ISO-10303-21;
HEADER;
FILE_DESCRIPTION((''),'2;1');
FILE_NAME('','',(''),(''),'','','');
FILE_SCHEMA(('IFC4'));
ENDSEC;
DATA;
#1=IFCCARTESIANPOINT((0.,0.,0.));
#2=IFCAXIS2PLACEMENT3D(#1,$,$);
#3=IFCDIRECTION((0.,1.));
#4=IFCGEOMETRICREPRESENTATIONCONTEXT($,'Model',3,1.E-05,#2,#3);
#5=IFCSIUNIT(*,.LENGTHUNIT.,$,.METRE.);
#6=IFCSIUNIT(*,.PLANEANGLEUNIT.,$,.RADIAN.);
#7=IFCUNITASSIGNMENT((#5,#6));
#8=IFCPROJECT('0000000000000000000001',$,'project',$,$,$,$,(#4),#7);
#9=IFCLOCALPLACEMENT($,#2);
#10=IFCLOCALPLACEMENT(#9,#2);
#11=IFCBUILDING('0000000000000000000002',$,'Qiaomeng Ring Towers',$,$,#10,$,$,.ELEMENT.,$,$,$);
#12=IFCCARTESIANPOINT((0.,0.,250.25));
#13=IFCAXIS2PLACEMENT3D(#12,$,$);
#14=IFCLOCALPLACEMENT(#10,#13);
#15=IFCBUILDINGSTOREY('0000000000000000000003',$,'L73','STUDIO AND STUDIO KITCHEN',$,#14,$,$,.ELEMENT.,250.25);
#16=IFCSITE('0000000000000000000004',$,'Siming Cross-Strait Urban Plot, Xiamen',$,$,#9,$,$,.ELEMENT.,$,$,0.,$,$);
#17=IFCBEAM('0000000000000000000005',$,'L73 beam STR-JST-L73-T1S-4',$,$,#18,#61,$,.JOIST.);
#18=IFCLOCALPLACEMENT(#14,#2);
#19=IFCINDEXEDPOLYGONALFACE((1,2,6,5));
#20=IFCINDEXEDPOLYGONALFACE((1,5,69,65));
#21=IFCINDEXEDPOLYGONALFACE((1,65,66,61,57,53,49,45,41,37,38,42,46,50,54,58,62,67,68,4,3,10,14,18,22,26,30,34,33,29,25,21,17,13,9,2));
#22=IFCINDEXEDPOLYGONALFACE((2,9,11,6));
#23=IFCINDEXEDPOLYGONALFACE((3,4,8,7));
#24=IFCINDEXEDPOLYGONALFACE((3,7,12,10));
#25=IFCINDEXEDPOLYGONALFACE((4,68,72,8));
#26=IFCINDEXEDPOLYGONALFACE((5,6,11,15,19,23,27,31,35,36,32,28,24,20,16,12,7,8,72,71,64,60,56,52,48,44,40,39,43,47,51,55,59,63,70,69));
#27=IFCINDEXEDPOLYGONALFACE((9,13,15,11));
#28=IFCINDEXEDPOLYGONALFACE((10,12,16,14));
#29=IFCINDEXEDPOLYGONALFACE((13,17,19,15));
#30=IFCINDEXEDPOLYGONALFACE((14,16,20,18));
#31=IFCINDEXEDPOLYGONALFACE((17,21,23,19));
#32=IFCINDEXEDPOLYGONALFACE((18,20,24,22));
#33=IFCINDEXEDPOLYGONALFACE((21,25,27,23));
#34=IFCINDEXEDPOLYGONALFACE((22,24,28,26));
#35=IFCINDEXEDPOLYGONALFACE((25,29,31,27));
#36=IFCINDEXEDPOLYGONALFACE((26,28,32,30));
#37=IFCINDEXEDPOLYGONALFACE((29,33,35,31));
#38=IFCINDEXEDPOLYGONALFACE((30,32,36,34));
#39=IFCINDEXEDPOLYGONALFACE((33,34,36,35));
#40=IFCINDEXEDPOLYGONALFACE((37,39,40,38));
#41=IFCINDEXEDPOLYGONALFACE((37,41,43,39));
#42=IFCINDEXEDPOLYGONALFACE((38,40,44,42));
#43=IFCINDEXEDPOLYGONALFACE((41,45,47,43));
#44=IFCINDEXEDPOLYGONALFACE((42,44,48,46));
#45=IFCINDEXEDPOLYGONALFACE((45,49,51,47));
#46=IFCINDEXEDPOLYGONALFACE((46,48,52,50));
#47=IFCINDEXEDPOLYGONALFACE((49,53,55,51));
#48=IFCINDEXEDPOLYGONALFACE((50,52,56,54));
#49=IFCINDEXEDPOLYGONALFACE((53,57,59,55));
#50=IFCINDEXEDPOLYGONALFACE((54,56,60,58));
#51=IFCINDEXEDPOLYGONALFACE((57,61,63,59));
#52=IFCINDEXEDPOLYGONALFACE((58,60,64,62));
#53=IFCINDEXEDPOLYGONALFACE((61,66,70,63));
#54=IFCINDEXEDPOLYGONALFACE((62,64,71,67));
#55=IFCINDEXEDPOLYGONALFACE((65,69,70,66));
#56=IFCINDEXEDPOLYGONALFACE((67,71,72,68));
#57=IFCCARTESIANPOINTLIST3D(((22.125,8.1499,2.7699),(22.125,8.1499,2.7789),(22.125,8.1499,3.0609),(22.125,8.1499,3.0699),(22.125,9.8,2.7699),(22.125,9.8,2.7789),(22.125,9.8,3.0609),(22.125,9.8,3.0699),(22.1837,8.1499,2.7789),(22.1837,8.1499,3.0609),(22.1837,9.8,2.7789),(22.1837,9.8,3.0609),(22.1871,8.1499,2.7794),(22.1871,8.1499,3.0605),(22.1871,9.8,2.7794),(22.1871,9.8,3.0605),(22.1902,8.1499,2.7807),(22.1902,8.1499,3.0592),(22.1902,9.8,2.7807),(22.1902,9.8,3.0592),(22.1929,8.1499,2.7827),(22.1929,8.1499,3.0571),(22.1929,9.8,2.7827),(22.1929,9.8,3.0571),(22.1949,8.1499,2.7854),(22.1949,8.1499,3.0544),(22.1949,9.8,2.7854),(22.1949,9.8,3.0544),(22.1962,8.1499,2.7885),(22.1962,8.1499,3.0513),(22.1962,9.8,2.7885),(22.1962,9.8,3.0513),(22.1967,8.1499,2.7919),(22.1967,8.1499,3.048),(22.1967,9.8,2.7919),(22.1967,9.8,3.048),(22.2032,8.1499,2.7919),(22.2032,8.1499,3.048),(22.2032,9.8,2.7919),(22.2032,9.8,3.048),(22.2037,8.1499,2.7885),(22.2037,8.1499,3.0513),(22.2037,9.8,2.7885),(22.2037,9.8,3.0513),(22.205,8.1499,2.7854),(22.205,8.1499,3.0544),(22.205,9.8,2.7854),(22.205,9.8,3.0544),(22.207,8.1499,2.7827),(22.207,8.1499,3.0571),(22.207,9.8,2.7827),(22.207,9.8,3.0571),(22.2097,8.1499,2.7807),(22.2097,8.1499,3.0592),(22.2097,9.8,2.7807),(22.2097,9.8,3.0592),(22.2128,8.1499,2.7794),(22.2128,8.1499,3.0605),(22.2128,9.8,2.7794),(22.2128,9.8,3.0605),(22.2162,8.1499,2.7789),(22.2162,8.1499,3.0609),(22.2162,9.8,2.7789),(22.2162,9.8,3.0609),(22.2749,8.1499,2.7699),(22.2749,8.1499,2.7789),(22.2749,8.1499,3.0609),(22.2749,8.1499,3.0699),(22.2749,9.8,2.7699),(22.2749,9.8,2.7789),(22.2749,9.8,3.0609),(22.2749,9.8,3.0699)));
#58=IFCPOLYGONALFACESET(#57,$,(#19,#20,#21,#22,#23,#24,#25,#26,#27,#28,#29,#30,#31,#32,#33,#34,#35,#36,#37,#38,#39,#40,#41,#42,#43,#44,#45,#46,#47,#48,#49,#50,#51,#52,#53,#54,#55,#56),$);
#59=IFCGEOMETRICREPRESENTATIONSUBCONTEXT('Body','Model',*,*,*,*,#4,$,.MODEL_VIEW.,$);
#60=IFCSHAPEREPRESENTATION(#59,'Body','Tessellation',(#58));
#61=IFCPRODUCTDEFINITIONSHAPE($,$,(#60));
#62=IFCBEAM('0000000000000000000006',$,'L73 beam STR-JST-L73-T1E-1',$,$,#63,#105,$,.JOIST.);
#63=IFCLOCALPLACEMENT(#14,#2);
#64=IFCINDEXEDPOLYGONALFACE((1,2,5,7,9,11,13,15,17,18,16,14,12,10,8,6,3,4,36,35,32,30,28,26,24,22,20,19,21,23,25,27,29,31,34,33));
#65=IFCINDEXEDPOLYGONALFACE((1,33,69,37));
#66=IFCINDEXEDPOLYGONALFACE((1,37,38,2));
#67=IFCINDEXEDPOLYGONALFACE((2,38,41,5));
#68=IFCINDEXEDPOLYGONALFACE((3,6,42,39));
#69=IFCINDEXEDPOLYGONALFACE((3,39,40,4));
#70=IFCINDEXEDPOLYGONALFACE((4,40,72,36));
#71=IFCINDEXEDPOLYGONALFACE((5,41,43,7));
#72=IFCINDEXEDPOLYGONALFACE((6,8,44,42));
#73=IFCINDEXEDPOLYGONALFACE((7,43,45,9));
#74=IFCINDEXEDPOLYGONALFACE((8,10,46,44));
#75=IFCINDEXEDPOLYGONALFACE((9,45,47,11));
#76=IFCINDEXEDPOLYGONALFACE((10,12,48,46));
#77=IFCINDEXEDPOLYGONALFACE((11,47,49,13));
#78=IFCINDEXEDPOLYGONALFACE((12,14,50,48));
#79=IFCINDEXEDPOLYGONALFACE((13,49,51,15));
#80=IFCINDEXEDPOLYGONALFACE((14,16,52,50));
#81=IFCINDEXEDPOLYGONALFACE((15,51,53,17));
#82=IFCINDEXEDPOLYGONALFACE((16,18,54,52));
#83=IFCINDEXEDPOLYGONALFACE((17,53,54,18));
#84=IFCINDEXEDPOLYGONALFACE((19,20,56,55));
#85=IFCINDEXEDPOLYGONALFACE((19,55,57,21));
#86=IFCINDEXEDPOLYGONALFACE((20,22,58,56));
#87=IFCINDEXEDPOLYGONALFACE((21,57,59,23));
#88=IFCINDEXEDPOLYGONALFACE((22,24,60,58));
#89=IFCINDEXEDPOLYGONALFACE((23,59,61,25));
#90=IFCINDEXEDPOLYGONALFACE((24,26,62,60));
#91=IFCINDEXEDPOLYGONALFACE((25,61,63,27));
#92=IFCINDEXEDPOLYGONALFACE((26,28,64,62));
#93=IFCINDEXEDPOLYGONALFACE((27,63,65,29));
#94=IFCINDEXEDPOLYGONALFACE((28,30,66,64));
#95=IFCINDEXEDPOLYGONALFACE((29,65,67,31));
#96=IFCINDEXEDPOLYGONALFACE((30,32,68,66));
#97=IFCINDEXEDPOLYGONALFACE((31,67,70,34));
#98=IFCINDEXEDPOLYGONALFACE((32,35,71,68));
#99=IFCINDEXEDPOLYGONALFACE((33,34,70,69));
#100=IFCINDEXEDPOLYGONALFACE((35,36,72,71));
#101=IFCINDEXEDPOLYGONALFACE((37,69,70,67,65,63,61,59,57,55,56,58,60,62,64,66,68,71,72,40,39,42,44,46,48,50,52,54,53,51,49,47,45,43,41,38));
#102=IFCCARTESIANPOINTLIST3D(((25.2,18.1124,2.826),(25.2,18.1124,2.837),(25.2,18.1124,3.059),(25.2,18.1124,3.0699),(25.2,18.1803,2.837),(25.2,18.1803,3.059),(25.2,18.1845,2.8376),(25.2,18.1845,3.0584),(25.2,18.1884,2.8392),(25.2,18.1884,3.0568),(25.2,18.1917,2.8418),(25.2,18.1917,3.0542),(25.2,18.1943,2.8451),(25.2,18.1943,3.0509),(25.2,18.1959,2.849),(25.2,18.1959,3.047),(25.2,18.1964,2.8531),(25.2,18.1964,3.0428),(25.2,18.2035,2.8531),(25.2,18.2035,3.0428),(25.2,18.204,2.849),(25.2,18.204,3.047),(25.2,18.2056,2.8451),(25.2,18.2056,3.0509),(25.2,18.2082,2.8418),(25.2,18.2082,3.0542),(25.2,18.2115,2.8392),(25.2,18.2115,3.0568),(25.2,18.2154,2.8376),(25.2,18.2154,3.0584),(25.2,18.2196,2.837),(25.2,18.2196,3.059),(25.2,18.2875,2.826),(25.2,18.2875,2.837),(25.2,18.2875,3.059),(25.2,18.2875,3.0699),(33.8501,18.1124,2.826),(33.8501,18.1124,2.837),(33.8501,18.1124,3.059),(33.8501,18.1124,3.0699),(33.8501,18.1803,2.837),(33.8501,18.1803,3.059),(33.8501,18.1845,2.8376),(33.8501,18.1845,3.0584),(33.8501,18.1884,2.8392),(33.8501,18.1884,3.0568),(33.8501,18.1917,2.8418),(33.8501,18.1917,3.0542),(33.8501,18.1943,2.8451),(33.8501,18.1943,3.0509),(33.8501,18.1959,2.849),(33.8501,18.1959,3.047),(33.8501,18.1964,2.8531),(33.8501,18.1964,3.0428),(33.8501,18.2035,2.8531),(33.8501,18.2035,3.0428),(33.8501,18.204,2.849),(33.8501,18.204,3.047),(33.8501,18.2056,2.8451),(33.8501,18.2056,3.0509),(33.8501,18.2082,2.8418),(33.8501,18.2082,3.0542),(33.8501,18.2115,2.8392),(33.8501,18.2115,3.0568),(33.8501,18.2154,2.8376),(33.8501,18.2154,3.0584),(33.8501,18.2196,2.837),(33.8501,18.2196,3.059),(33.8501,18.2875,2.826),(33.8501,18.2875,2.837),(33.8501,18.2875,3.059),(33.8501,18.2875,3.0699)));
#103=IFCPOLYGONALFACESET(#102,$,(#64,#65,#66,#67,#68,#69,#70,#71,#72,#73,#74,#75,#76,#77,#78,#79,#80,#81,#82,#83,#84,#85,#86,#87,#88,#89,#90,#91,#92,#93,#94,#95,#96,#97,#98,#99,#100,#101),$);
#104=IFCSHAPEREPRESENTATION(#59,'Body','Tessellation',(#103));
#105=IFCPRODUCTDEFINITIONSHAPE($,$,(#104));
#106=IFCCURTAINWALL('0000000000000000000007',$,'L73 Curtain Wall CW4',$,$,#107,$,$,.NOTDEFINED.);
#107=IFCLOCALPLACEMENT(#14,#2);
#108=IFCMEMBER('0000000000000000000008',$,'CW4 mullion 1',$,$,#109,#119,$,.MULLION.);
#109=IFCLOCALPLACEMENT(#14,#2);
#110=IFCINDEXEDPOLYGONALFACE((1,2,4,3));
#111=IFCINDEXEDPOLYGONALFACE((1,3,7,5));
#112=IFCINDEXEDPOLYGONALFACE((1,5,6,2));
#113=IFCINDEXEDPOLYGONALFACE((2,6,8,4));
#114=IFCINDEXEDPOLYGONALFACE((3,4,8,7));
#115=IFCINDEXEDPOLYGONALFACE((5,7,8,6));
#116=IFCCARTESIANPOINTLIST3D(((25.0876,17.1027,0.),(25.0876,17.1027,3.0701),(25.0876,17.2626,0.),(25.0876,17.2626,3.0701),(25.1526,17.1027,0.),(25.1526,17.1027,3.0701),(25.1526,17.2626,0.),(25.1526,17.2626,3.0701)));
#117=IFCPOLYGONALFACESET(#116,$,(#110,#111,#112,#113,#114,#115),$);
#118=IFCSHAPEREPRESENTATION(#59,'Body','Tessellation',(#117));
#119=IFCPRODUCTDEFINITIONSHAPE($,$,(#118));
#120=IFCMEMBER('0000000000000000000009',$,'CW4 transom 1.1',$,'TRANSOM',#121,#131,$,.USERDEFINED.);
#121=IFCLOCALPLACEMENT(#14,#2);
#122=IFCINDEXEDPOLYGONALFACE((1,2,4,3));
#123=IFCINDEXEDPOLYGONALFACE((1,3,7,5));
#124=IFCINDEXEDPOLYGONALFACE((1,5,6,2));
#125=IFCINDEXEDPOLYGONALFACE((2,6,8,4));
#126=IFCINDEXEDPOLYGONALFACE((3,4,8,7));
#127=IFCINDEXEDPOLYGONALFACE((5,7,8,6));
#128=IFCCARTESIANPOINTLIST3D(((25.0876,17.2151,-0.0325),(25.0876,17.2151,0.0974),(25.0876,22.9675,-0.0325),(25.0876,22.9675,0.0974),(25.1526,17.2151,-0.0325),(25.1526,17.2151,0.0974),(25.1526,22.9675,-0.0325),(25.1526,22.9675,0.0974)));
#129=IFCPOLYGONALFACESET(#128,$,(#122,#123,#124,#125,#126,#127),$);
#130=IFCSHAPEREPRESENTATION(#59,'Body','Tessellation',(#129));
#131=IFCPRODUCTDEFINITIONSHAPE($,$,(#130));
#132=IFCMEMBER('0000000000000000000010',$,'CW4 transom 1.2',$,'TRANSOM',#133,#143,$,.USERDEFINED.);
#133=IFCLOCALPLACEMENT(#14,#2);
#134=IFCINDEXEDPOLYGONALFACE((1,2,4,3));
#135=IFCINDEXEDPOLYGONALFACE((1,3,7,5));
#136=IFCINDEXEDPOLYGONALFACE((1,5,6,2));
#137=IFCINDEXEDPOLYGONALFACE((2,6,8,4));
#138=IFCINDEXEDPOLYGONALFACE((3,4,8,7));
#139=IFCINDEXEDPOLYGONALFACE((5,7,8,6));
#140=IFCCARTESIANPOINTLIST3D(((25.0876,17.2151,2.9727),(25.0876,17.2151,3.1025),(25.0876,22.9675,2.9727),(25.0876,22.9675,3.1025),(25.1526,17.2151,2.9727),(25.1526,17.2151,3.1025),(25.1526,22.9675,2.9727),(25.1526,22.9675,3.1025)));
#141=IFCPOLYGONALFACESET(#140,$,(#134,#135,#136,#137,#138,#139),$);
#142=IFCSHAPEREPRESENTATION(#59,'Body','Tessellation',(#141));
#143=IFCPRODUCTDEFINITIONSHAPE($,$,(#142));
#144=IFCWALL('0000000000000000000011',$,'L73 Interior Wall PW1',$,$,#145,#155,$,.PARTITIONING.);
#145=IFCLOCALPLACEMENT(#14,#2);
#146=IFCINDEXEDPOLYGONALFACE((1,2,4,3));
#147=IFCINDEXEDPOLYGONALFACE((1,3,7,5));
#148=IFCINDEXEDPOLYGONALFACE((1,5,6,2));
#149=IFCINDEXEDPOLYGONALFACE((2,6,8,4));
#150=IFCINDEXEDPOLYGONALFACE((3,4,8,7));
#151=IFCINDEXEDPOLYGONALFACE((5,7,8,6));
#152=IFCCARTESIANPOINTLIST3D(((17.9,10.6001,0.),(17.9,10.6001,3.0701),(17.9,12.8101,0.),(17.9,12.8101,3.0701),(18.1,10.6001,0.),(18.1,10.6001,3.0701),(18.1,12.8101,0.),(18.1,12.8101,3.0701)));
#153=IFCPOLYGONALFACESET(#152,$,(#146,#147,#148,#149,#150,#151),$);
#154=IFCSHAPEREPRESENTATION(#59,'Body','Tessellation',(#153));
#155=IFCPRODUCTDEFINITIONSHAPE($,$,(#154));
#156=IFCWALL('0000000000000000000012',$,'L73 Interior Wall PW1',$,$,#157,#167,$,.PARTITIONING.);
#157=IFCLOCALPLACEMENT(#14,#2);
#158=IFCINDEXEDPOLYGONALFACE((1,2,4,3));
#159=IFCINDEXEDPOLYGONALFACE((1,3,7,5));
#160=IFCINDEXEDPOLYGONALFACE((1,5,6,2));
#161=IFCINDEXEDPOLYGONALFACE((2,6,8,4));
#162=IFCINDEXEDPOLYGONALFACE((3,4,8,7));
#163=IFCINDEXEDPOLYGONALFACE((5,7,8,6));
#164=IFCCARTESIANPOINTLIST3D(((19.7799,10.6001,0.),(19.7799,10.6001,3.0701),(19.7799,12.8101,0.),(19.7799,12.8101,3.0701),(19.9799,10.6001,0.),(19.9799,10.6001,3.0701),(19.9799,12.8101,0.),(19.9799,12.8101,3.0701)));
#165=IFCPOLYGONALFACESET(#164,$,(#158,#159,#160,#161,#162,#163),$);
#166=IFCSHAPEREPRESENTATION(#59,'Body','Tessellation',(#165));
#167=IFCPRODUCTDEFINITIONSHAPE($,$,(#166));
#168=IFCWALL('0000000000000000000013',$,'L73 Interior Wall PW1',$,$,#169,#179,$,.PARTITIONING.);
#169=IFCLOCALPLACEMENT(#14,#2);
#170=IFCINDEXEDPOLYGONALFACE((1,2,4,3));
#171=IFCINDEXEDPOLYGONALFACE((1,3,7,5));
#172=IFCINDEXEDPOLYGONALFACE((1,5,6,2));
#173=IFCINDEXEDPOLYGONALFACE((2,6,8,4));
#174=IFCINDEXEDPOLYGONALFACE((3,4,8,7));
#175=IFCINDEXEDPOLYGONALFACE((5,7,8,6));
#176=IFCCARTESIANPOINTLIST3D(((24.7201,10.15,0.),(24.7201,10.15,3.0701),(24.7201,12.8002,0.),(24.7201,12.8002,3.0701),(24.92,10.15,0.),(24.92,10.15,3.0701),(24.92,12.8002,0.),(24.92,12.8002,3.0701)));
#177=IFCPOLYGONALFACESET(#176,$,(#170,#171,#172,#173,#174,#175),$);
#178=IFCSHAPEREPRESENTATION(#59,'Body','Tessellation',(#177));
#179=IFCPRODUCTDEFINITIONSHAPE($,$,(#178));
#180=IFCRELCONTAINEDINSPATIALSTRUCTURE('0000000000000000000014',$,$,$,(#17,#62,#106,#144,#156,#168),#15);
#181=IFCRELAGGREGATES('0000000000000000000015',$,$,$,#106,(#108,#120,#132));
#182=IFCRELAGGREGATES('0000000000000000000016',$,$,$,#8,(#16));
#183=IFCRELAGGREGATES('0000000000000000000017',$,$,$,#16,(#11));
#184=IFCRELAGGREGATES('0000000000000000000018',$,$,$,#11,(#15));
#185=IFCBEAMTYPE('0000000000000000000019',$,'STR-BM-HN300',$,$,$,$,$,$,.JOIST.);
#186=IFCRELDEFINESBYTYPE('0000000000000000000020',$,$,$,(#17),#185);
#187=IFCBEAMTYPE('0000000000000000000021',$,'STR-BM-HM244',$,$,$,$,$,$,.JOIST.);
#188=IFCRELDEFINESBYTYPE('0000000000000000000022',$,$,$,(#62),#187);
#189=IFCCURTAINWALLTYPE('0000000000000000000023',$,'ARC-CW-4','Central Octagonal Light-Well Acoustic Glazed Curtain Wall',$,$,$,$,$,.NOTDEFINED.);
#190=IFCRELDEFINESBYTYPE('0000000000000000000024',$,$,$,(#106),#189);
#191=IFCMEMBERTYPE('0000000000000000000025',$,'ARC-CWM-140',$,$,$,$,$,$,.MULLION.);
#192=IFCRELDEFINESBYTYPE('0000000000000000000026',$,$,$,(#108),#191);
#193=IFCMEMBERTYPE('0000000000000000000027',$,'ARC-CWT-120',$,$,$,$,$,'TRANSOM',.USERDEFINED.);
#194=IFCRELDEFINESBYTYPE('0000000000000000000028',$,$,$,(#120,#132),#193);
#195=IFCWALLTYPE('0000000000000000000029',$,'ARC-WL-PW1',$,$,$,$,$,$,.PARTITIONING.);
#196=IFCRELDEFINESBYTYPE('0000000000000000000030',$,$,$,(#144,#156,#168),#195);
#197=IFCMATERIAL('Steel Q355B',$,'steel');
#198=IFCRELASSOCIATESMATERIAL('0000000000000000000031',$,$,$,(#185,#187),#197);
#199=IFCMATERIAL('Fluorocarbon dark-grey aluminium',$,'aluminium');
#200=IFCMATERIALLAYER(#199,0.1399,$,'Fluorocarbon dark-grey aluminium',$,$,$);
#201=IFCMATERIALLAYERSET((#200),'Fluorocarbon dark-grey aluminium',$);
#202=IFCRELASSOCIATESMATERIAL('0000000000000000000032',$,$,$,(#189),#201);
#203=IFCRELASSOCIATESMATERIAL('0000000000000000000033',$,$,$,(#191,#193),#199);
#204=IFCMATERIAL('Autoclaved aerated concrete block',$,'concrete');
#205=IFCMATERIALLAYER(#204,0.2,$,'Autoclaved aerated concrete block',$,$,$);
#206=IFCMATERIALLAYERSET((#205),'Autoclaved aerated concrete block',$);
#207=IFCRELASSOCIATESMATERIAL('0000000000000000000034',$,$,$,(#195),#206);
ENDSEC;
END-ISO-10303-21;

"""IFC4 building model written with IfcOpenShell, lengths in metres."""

from ifc_helpers import new_model, si_unit, direction, frame, frame_2d, origin, origin_2d, place, context, subcontext, project, spatial, rectangle, i_section, extrude, source, transform, mapped, material, layer, layer_set, material_profile, profile_set, type_object, element, aggregate, save


model = new_model("IFC4")

# Units and contexts
model_context = context("Model", 3, precision=1e-05, world=origin(), true_north=direction((0.0, 1.0)))
body_context = subcontext(model_context, "Body", "Model", "MODEL_VIEW")
ifc_project = project(units=[si_unit("LENGTHUNIT", "METRE"), si_unit("PLANEANGLEUNIT", "RADIAN")], contexts=[model_context])

# Site, building, storey
site_placement = place(None, origin())
site = spatial("IfcSite", under=ifc_project, at=site_placement, Name="Siming Cross-Strait Urban Plot, Xiamen", CompositionType="ELEMENT", RefElevation=0.0)
building_placement = place(site_placement, origin())
building = spatial("IfcBuilding", under=site, at=building_placement, Name="Qiaomeng Ring Towers", CompositionType="ELEMENT")
storey_placement = place(building_placement, frame((0.0, 0.0, 250.25)))
storey = spatial("IfcBuildingStorey", under=building, at=storey_placement, Name="L73", Description="STUDIO AND STUDIO KITCHEN", CompositionType="ELEMENT", Elevation=250.25)

# Beams
ifc_material_1 = material(Name="Steel Q355B", Category="steel")
ifc_material_profile_1 = material_profile(ifc_material_1, i_section(OverallWidth=0.1499, OverallDepth=0.3, WebThickness=0.0066, FlangeThickness=0.009, FilletRadius=0.0129, at=origin_2d()), Name="HN 300x150x6.5x9")
ifc_profile_set_1 = profile_set([ifc_material_profile_1], Name="Steel Q355B")
beam_type_1 = type_object("IfcBeamType", Name="STR-BM-HN300", PredefinedType="JOIST", material=ifc_profile_set_1)
shared_shape_1 = source(origin(), body_context, "Body", "SweptSolid", [
    extrude(i_section(OverallWidth=0.1499, OverallDepth=0.3, WebThickness=0.0066, FlangeThickness=0.009, FilletRadius=0.0129, at=origin_2d()), origin(), (0.0, 0.0, 1.0), 1.6501),
])
for number, where, z_axis, x_axis, name in (
    (1, (22.2, 8.1499, 2.9199), (0.0, 1.0, 0.0), (-1.0, 0.0, 0.0), "L73 beam STR-JST-L73-T1S-4"),
):
    element("IfcBeam", number, at=place(storey_placement, frame(where, z_axis=z_axis, x_axis=x_axis)), inside=storey, type_object=beam_type_1, Name=name, PredefinedType="JOIST", context=body_context, shape_type="MappedRepresentation", body=[
        mapped(shared_shape_1, transform((0.0, 0.0, 0.0), x_axis=(1.0, 0.0, 0.0), y_axis=(0.0, 1.0, 0.0), z_axis=(0.0, 0.0, 1.0), scale=1.0)),
    ])
ifc_material_profile_2 = material_profile(ifc_material_1, i_section(OverallWidth=0.175, OverallDepth=0.2439, WebThickness=0.0071, FlangeThickness=0.011, FilletRadius=0.0161, at=origin_2d()), Name="HM 244x175x7x11")
ifc_profile_set_2 = profile_set([ifc_material_profile_2], Name="Steel Q355B")
beam_type_2 = type_object("IfcBeamType", Name="STR-BM-HM244", PredefinedType="JOIST", material=ifc_profile_set_2)
shared_shape_2 = source(origin(), body_context, "Body", "SweptSolid", [
    extrude(i_section(OverallWidth=0.175, OverallDepth=0.2439, WebThickness=0.0071, FlangeThickness=0.011, FilletRadius=0.0161, at=origin_2d()), origin(), (0.0, 0.0, 1.0), 8.6501),
])
beam_1_placement = place(storey_placement, frame((25.2, 18.2, 2.948), z_axis=(1.0, 0.0, 0.0), x_axis=(0.0, 1.0, 0.0)))
element("IfcBeam", 2, at=beam_1_placement, inside=storey, type_object=beam_type_2, Name="L73 beam STR-JST-L73-T1E-1", PredefinedType="JOIST", context=body_context, shape_type="MappedRepresentation", body=[
    mapped(shared_shape_2, transform((0.0, 0.0, 0.0), x_axis=(1.0, 0.0, 0.0), y_axis=(0.0, 1.0, 0.0), z_axis=(0.0, 0.0, 1.0), scale=1.0)),
])

# Curtain wall, members
ifc_material_2 = material(Name="Fluorocarbon dark-grey aluminium", Category="aluminium")
ifc_layer_1 = layer(ifc_material_2, 0.1399, Name="Fluorocarbon dark-grey aluminium")
ifc_layer_set_1 = layer_set([ifc_layer_1], Name="Fluorocarbon dark-grey aluminium")
curtain_wall_type = type_object("IfcCurtainWallType", Name="ARC-CW-4", Description="Central Octagonal Light-Well Acoustic Glazed Curtain Wall", PredefinedType="NOTDEFINED", material=ifc_layer_set_1)
curtain_wall_placement = place(storey_placement, origin())
curtain_wall = element("IfcCurtainWall", 3, at=curtain_wall_placement, inside=storey, type_object=curtain_wall_type, Name="L73 Curtain Wall CW4", PredefinedType="NOTDEFINED")
ifc_material_profile_3 = material_profile(ifc_material_2, rectangle(XDim=0.0649, YDim=0.1599, at=origin_2d()), Name="ALU MULL 65x160")
ifc_profile_set_3 = profile_set([ifc_material_profile_3], Name="Fluorocarbon dark-grey aluminium")
member_type_1 = type_object("IfcMemberType", Name="ARC-CWM-140", PredefinedType="MULLION", material=ifc_profile_set_3)
shared_shape_3 = source(origin(), body_context, "Body", "SweptSolid", [
    extrude(rectangle(XDim=0.0649, YDim=0.1599, at=origin_2d()), origin(), (0.0, 0.0, 1.0), 3.0701),
])
member_1_placement = place(storey_placement, frame((25.1201, 17.1826, 0.0), z_axis=(0.0, 0.0, 1.0), x_axis=(-1.0, 0.0, 0.0)))
member_1 = element("IfcMember", 4, at=member_1_placement, type_object=member_type_1, Name="CW4 mullion 1", PredefinedType="MULLION", context=body_context, shape_type="MappedRepresentation", body=[
    mapped(shared_shape_3, transform((0.0, 0.0, 0.0), x_axis=(1.0, 0.0, 0.0), y_axis=(0.0, 1.0, 0.0), z_axis=(0.0, 0.0, 1.0), scale=1.0)),
])
ifc_material_profile_4 = material_profile(ifc_material_2, rectangle(XDim=0.0649, YDim=0.1299, at=origin_2d()), Name="ALU TRAN 65x130")
ifc_profile_set_4 = profile_set([ifc_material_profile_4], Name="Fluorocarbon dark-grey aluminium")
member_type_2 = type_object("IfcMemberType", Name="ARC-CWT-120", ElementType="TRANSOM", PredefinedType="USERDEFINED", material=ifc_profile_set_4)
shared_shape_4 = source(origin(), body_context, "Body", "SweptSolid", [
    extrude(rectangle(XDim=0.0649, YDim=0.1299, at=origin_2d()), origin(), (0.0, 0.0, 1.0), 5.7524),
])
member_2_placement = place(storey_placement, frame((25.1201, 17.2151, 0.0325), z_axis=(0.0, 1.0, 0.0), x_axis=(-1.0, 0.0, 0.0)))
member_2 = element("IfcMember", 5, at=member_2_placement, type_object=member_type_2, Name="CW4 transom 1.1", ObjectType="TRANSOM", PredefinedType="USERDEFINED", context=body_context, shape_type="MappedRepresentation", body=[
    mapped(shared_shape_4, transform((0.0, 0.0, 0.0), x_axis=(1.0, 0.0, 0.0), y_axis=(0.0, 1.0, 0.0), z_axis=(0.0, 0.0, 1.0), scale=1.0)),
])
member_3_placement = place(storey_placement, frame((25.1201, 17.2151, 3.0376), z_axis=(0.0, 1.0, 0.0), x_axis=(-1.0, 0.0, 0.0)))
member_3 = element("IfcMember", 6, at=member_3_placement, type_object=member_type_2, Name="CW4 transom 1.2", ObjectType="TRANSOM", PredefinedType="USERDEFINED", context=body_context, shape_type="MappedRepresentation", body=[
    mapped(shared_shape_4, transform((0.0, 0.0, 0.0), x_axis=(1.0, 0.0, 0.0), y_axis=(0.0, 1.0, 0.0), z_axis=(0.0, 0.0, 1.0), scale=1.0)),
])
aggregate(curtain_wall, [member_1, member_2, member_3])

# Walls
ifc_material_3 = material(Name="Autoclaved aerated concrete block", Category="concrete")
ifc_layer_2 = layer(ifc_material_3, 0.2, Name="Autoclaved aerated concrete block")
ifc_layer_set_2 = layer_set([ifc_layer_2], Name="Autoclaved aerated concrete block")
wall_type_1 = type_object("IfcWallType", Name="ARC-WL-PW1", PredefinedType="PARTITIONING", material=ifc_layer_set_2)
for number, where, z_axis, x_axis, name in (
    (7, (18.0, 10.6001, 0.0), (0.0, 0.0, 1.0), (0.0, 1.0, 0.0), "L73 Interior Wall PW1"),
    (8, (19.8799, 10.6001, 0.0), (0.0, 0.0, 1.0), (0.0, 1.0, 0.0), "L73 Interior Wall PW1"),
):
    element("IfcWall", number, at=place(storey_placement, frame(where, z_axis=z_axis, x_axis=x_axis)), inside=storey, type_object=wall_type_1, Name=name, PredefinedType="PARTITIONING", context=body_context, shape_type="SweptSolid", body=[
        extrude(rectangle(XDim=2.21, YDim=0.2, at=frame_2d((1.105, 0.0))), origin(), (0.0, 0.0, 1.0), 3.0701),
    ])
wall_1_placement = place(storey_placement, frame((24.8201, 10.1499, 0.0), z_axis=(0.0, 0.0, 1.0), x_axis=(0.0, 1.0, 0.0)))
element("IfcWall", 9, at=wall_1_placement, inside=storey, type_object=wall_type_1, Name="L73 Interior Wall PW1", PredefinedType="PARTITIONING", context=body_context, shape_type="SweptSolid", body=[
    extrude(rectangle(XDim=2.6501, YDim=0.2, at=frame_2d((1.3252, 0.0))), origin(), (0.0, 0.0, 1.0), 3.0701),
])

save(model, "model.ifc")
